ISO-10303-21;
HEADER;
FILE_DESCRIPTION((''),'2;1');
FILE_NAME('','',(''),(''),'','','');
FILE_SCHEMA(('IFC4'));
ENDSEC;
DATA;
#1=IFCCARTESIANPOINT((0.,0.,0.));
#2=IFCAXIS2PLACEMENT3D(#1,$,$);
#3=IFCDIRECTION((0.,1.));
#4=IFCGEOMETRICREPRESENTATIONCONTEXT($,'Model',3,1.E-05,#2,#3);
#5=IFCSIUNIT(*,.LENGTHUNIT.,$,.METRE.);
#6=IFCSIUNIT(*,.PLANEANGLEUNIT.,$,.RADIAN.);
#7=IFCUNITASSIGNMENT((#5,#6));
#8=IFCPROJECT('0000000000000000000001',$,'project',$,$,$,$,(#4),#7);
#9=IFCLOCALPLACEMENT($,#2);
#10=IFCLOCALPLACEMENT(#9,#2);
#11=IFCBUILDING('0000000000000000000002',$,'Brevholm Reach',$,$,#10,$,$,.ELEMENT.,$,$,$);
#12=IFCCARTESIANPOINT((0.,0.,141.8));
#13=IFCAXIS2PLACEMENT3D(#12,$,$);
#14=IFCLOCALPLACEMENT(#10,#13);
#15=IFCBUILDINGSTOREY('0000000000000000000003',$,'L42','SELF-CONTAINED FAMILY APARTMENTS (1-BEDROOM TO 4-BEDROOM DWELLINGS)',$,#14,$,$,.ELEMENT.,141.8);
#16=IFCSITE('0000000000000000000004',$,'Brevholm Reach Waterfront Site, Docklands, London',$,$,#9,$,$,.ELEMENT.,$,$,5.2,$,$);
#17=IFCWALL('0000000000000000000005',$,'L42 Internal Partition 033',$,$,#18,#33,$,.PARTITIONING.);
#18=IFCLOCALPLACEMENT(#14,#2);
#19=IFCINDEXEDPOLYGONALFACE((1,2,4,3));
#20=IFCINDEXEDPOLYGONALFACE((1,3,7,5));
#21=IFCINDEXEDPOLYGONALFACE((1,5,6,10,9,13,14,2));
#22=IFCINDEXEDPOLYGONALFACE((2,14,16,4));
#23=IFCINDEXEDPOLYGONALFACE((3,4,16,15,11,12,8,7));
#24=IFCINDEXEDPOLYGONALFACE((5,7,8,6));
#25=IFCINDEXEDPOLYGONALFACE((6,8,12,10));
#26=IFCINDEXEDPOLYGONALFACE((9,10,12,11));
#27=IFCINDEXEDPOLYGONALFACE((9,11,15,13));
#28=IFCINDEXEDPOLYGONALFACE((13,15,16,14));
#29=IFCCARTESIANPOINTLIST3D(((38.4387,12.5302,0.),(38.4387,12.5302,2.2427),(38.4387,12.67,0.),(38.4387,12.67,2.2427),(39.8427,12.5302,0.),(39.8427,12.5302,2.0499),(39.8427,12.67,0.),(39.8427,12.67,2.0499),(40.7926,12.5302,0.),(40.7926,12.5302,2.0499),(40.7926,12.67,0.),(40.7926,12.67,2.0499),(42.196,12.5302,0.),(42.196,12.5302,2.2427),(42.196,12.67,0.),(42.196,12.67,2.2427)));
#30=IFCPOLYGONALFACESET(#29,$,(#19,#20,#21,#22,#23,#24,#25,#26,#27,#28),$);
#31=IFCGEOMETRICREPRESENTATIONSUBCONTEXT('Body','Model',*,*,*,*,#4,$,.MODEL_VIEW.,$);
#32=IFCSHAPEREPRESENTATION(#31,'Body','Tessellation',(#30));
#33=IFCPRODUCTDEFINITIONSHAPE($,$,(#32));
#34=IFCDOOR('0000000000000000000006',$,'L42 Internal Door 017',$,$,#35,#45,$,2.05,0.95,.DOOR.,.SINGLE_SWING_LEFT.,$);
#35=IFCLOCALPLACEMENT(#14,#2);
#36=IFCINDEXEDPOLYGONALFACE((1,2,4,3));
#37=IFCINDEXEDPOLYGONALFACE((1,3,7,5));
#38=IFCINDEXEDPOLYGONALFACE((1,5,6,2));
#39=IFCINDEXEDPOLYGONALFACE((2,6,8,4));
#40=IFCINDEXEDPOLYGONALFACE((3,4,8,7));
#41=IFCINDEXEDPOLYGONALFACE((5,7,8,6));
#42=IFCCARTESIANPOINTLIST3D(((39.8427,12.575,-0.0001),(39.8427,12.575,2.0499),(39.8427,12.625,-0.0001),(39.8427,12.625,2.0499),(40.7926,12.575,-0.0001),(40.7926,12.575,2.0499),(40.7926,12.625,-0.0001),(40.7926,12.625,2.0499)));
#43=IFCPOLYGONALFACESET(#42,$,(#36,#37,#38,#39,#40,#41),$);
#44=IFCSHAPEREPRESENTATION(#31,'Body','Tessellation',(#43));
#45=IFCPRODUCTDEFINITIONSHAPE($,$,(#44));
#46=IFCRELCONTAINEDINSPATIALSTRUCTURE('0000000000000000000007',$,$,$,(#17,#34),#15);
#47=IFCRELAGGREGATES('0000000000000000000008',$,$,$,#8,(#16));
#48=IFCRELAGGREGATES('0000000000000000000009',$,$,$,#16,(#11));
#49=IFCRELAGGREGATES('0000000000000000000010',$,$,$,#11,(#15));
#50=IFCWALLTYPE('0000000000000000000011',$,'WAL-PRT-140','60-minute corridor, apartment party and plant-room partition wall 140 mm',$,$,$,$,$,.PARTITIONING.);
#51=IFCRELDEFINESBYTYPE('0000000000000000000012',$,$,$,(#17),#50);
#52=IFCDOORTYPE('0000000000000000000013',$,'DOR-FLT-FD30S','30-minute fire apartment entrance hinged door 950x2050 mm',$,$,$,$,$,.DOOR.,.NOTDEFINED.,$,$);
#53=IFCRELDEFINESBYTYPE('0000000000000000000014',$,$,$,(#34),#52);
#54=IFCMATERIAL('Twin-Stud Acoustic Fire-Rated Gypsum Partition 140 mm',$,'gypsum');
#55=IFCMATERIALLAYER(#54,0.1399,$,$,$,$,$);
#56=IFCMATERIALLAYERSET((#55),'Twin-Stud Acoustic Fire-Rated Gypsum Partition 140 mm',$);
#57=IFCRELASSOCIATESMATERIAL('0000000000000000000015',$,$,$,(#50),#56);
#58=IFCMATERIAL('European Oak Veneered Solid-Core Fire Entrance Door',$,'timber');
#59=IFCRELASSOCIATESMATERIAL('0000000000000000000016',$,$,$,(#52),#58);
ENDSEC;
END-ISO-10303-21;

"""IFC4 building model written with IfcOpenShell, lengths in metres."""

from ifc_helpers import new_model, si_unit, direction, frame, frame_2d, origin, place, context, subcontext, project, spatial, rectangle, extrude, material, layer, layer_set, type_object, element, fill, save


model = new_model("IFC4")

# Units and contexts
model_context = context("Model", 3, precision=1e-05, world=origin(), true_north=direction((0.0, 1.0)))
body_context = subcontext(model_context, "Body", "Model", "MODEL_VIEW")
ifc_project = project(units=[si_unit("LENGTHUNIT", "METRE"), si_unit("PLANEANGLEUNIT", "RADIAN")], contexts=[model_context])

# Site, building, storey
site_placement = place(None, origin())
site = spatial("IfcSite", under=ifc_project, at=site_placement, Name="Brevholm Reach Waterfront Site, Docklands, London", CompositionType="ELEMENT", RefElevation=5.2)
building_placement = place(site_placement, origin())
building = spatial("IfcBuilding", under=site, at=building_placement, Name="Brevholm Reach", CompositionType="ELEMENT")
storey_placement = place(building_placement, frame((0.0, 0.0, 141.8)))
storey = spatial("IfcBuildingStorey", under=building, at=storey_placement, Name="L42", Description="SELF-CONTAINED FAMILY APARTMENTS (1-BEDROOM TO 4-BEDROOM DWELLINGS)", CompositionType="ELEMENT", Elevation=141.8)

# Wall, opening, door
ifc_material_1 = material(Name="Twin-Stud Acoustic Fire-Rated Gypsum Partition 140 mm", Category="gypsum")
ifc_layer_1 = layer(ifc_material_1, 0.1399)
ifc_layer_set_1 = layer_set([ifc_layer_1], Name="Twin-Stud Acoustic Fire-Rated Gypsum Partition 140 mm")
wall_type_1 = type_object("IfcWallType", Name="WAL-PRT-140", Description="60-minute corridor, apartment party and plant-room partition wall 140 mm", PredefinedType="PARTITIONING", material=ifc_layer_set_1)
wall_1_placement = place(storey_placement, frame((38.4387, 12.6001, 0.0), z_axis=(0.0, 0.0, 1.0), x_axis=(1.0, 0.0, 0.0)))
wall_1 = element("IfcWall", 1, at=wall_1_placement, inside=storey, type_object=wall_type_1, Name="L42 Internal Partition 033", PredefinedType="PARTITIONING", context=body_context, shape_type="SweptSolid", body=[
    extrude(rectangle(XDim=3.7573, YDim=0.1399, at=frame_2d((1.8787, 0.0))), origin(), (0.0, 0.0, 1.0), 2.2427),
])
opening_1_placement = place(wall_1_placement, frame((1.4038, 0.0, 0.0)))
opening_1 = element("IfcOpeningElement", 2, at=opening_1_placement, cuts=wall_1, PredefinedType="OPENING", context=body_context, shape_type="SweptSolid", body=[
    extrude(rectangle(XDim=0.95, YDim=2.05, at=frame_2d((0.4751, 1.0249))), frame((0.0, 0.0798, 0.0), z_axis=(0.0, -1.0, 0.0), x_axis=(1.0, 0.0, 0.0)), (0.0, 0.0, 1.0), 0.1599),
])
ifc_material_2 = material(Name="European Oak Veneered Solid-Core Fire Entrance Door", Category="timber")
door_type = type_object("IfcDoorType", Name="DOR-FLT-FD30S", Description="30-minute fire apartment entrance hinged door 950x2050 mm", OperationType="NOTDEFINED", PredefinedType="DOOR", material=ifc_material_2)
door_placement = place(opening_1_placement, origin())
door = element("IfcDoor", 3, at=door_placement, inside=storey, type_object=door_type, Name="L42 Internal Door 017", OperationType="SINGLE_SWING_LEFT", OverallHeight=2.05, OverallWidth=0.95, PredefinedType="DOOR", context=body_context, shape_type="SweptSolid", body=[
    extrude(rectangle(XDim=0.95, YDim=2.05, at=frame_2d((0.4751, 1.0249))), frame((0.0, 0.0249, 0.0), z_axis=(0.0, -1.0, 0.0), x_axis=(1.0, 0.0, 0.0)), (0.0, 0.0, 1.0), 0.05),
])
fill(opening_1, door)

save(model, "model.ifc")
